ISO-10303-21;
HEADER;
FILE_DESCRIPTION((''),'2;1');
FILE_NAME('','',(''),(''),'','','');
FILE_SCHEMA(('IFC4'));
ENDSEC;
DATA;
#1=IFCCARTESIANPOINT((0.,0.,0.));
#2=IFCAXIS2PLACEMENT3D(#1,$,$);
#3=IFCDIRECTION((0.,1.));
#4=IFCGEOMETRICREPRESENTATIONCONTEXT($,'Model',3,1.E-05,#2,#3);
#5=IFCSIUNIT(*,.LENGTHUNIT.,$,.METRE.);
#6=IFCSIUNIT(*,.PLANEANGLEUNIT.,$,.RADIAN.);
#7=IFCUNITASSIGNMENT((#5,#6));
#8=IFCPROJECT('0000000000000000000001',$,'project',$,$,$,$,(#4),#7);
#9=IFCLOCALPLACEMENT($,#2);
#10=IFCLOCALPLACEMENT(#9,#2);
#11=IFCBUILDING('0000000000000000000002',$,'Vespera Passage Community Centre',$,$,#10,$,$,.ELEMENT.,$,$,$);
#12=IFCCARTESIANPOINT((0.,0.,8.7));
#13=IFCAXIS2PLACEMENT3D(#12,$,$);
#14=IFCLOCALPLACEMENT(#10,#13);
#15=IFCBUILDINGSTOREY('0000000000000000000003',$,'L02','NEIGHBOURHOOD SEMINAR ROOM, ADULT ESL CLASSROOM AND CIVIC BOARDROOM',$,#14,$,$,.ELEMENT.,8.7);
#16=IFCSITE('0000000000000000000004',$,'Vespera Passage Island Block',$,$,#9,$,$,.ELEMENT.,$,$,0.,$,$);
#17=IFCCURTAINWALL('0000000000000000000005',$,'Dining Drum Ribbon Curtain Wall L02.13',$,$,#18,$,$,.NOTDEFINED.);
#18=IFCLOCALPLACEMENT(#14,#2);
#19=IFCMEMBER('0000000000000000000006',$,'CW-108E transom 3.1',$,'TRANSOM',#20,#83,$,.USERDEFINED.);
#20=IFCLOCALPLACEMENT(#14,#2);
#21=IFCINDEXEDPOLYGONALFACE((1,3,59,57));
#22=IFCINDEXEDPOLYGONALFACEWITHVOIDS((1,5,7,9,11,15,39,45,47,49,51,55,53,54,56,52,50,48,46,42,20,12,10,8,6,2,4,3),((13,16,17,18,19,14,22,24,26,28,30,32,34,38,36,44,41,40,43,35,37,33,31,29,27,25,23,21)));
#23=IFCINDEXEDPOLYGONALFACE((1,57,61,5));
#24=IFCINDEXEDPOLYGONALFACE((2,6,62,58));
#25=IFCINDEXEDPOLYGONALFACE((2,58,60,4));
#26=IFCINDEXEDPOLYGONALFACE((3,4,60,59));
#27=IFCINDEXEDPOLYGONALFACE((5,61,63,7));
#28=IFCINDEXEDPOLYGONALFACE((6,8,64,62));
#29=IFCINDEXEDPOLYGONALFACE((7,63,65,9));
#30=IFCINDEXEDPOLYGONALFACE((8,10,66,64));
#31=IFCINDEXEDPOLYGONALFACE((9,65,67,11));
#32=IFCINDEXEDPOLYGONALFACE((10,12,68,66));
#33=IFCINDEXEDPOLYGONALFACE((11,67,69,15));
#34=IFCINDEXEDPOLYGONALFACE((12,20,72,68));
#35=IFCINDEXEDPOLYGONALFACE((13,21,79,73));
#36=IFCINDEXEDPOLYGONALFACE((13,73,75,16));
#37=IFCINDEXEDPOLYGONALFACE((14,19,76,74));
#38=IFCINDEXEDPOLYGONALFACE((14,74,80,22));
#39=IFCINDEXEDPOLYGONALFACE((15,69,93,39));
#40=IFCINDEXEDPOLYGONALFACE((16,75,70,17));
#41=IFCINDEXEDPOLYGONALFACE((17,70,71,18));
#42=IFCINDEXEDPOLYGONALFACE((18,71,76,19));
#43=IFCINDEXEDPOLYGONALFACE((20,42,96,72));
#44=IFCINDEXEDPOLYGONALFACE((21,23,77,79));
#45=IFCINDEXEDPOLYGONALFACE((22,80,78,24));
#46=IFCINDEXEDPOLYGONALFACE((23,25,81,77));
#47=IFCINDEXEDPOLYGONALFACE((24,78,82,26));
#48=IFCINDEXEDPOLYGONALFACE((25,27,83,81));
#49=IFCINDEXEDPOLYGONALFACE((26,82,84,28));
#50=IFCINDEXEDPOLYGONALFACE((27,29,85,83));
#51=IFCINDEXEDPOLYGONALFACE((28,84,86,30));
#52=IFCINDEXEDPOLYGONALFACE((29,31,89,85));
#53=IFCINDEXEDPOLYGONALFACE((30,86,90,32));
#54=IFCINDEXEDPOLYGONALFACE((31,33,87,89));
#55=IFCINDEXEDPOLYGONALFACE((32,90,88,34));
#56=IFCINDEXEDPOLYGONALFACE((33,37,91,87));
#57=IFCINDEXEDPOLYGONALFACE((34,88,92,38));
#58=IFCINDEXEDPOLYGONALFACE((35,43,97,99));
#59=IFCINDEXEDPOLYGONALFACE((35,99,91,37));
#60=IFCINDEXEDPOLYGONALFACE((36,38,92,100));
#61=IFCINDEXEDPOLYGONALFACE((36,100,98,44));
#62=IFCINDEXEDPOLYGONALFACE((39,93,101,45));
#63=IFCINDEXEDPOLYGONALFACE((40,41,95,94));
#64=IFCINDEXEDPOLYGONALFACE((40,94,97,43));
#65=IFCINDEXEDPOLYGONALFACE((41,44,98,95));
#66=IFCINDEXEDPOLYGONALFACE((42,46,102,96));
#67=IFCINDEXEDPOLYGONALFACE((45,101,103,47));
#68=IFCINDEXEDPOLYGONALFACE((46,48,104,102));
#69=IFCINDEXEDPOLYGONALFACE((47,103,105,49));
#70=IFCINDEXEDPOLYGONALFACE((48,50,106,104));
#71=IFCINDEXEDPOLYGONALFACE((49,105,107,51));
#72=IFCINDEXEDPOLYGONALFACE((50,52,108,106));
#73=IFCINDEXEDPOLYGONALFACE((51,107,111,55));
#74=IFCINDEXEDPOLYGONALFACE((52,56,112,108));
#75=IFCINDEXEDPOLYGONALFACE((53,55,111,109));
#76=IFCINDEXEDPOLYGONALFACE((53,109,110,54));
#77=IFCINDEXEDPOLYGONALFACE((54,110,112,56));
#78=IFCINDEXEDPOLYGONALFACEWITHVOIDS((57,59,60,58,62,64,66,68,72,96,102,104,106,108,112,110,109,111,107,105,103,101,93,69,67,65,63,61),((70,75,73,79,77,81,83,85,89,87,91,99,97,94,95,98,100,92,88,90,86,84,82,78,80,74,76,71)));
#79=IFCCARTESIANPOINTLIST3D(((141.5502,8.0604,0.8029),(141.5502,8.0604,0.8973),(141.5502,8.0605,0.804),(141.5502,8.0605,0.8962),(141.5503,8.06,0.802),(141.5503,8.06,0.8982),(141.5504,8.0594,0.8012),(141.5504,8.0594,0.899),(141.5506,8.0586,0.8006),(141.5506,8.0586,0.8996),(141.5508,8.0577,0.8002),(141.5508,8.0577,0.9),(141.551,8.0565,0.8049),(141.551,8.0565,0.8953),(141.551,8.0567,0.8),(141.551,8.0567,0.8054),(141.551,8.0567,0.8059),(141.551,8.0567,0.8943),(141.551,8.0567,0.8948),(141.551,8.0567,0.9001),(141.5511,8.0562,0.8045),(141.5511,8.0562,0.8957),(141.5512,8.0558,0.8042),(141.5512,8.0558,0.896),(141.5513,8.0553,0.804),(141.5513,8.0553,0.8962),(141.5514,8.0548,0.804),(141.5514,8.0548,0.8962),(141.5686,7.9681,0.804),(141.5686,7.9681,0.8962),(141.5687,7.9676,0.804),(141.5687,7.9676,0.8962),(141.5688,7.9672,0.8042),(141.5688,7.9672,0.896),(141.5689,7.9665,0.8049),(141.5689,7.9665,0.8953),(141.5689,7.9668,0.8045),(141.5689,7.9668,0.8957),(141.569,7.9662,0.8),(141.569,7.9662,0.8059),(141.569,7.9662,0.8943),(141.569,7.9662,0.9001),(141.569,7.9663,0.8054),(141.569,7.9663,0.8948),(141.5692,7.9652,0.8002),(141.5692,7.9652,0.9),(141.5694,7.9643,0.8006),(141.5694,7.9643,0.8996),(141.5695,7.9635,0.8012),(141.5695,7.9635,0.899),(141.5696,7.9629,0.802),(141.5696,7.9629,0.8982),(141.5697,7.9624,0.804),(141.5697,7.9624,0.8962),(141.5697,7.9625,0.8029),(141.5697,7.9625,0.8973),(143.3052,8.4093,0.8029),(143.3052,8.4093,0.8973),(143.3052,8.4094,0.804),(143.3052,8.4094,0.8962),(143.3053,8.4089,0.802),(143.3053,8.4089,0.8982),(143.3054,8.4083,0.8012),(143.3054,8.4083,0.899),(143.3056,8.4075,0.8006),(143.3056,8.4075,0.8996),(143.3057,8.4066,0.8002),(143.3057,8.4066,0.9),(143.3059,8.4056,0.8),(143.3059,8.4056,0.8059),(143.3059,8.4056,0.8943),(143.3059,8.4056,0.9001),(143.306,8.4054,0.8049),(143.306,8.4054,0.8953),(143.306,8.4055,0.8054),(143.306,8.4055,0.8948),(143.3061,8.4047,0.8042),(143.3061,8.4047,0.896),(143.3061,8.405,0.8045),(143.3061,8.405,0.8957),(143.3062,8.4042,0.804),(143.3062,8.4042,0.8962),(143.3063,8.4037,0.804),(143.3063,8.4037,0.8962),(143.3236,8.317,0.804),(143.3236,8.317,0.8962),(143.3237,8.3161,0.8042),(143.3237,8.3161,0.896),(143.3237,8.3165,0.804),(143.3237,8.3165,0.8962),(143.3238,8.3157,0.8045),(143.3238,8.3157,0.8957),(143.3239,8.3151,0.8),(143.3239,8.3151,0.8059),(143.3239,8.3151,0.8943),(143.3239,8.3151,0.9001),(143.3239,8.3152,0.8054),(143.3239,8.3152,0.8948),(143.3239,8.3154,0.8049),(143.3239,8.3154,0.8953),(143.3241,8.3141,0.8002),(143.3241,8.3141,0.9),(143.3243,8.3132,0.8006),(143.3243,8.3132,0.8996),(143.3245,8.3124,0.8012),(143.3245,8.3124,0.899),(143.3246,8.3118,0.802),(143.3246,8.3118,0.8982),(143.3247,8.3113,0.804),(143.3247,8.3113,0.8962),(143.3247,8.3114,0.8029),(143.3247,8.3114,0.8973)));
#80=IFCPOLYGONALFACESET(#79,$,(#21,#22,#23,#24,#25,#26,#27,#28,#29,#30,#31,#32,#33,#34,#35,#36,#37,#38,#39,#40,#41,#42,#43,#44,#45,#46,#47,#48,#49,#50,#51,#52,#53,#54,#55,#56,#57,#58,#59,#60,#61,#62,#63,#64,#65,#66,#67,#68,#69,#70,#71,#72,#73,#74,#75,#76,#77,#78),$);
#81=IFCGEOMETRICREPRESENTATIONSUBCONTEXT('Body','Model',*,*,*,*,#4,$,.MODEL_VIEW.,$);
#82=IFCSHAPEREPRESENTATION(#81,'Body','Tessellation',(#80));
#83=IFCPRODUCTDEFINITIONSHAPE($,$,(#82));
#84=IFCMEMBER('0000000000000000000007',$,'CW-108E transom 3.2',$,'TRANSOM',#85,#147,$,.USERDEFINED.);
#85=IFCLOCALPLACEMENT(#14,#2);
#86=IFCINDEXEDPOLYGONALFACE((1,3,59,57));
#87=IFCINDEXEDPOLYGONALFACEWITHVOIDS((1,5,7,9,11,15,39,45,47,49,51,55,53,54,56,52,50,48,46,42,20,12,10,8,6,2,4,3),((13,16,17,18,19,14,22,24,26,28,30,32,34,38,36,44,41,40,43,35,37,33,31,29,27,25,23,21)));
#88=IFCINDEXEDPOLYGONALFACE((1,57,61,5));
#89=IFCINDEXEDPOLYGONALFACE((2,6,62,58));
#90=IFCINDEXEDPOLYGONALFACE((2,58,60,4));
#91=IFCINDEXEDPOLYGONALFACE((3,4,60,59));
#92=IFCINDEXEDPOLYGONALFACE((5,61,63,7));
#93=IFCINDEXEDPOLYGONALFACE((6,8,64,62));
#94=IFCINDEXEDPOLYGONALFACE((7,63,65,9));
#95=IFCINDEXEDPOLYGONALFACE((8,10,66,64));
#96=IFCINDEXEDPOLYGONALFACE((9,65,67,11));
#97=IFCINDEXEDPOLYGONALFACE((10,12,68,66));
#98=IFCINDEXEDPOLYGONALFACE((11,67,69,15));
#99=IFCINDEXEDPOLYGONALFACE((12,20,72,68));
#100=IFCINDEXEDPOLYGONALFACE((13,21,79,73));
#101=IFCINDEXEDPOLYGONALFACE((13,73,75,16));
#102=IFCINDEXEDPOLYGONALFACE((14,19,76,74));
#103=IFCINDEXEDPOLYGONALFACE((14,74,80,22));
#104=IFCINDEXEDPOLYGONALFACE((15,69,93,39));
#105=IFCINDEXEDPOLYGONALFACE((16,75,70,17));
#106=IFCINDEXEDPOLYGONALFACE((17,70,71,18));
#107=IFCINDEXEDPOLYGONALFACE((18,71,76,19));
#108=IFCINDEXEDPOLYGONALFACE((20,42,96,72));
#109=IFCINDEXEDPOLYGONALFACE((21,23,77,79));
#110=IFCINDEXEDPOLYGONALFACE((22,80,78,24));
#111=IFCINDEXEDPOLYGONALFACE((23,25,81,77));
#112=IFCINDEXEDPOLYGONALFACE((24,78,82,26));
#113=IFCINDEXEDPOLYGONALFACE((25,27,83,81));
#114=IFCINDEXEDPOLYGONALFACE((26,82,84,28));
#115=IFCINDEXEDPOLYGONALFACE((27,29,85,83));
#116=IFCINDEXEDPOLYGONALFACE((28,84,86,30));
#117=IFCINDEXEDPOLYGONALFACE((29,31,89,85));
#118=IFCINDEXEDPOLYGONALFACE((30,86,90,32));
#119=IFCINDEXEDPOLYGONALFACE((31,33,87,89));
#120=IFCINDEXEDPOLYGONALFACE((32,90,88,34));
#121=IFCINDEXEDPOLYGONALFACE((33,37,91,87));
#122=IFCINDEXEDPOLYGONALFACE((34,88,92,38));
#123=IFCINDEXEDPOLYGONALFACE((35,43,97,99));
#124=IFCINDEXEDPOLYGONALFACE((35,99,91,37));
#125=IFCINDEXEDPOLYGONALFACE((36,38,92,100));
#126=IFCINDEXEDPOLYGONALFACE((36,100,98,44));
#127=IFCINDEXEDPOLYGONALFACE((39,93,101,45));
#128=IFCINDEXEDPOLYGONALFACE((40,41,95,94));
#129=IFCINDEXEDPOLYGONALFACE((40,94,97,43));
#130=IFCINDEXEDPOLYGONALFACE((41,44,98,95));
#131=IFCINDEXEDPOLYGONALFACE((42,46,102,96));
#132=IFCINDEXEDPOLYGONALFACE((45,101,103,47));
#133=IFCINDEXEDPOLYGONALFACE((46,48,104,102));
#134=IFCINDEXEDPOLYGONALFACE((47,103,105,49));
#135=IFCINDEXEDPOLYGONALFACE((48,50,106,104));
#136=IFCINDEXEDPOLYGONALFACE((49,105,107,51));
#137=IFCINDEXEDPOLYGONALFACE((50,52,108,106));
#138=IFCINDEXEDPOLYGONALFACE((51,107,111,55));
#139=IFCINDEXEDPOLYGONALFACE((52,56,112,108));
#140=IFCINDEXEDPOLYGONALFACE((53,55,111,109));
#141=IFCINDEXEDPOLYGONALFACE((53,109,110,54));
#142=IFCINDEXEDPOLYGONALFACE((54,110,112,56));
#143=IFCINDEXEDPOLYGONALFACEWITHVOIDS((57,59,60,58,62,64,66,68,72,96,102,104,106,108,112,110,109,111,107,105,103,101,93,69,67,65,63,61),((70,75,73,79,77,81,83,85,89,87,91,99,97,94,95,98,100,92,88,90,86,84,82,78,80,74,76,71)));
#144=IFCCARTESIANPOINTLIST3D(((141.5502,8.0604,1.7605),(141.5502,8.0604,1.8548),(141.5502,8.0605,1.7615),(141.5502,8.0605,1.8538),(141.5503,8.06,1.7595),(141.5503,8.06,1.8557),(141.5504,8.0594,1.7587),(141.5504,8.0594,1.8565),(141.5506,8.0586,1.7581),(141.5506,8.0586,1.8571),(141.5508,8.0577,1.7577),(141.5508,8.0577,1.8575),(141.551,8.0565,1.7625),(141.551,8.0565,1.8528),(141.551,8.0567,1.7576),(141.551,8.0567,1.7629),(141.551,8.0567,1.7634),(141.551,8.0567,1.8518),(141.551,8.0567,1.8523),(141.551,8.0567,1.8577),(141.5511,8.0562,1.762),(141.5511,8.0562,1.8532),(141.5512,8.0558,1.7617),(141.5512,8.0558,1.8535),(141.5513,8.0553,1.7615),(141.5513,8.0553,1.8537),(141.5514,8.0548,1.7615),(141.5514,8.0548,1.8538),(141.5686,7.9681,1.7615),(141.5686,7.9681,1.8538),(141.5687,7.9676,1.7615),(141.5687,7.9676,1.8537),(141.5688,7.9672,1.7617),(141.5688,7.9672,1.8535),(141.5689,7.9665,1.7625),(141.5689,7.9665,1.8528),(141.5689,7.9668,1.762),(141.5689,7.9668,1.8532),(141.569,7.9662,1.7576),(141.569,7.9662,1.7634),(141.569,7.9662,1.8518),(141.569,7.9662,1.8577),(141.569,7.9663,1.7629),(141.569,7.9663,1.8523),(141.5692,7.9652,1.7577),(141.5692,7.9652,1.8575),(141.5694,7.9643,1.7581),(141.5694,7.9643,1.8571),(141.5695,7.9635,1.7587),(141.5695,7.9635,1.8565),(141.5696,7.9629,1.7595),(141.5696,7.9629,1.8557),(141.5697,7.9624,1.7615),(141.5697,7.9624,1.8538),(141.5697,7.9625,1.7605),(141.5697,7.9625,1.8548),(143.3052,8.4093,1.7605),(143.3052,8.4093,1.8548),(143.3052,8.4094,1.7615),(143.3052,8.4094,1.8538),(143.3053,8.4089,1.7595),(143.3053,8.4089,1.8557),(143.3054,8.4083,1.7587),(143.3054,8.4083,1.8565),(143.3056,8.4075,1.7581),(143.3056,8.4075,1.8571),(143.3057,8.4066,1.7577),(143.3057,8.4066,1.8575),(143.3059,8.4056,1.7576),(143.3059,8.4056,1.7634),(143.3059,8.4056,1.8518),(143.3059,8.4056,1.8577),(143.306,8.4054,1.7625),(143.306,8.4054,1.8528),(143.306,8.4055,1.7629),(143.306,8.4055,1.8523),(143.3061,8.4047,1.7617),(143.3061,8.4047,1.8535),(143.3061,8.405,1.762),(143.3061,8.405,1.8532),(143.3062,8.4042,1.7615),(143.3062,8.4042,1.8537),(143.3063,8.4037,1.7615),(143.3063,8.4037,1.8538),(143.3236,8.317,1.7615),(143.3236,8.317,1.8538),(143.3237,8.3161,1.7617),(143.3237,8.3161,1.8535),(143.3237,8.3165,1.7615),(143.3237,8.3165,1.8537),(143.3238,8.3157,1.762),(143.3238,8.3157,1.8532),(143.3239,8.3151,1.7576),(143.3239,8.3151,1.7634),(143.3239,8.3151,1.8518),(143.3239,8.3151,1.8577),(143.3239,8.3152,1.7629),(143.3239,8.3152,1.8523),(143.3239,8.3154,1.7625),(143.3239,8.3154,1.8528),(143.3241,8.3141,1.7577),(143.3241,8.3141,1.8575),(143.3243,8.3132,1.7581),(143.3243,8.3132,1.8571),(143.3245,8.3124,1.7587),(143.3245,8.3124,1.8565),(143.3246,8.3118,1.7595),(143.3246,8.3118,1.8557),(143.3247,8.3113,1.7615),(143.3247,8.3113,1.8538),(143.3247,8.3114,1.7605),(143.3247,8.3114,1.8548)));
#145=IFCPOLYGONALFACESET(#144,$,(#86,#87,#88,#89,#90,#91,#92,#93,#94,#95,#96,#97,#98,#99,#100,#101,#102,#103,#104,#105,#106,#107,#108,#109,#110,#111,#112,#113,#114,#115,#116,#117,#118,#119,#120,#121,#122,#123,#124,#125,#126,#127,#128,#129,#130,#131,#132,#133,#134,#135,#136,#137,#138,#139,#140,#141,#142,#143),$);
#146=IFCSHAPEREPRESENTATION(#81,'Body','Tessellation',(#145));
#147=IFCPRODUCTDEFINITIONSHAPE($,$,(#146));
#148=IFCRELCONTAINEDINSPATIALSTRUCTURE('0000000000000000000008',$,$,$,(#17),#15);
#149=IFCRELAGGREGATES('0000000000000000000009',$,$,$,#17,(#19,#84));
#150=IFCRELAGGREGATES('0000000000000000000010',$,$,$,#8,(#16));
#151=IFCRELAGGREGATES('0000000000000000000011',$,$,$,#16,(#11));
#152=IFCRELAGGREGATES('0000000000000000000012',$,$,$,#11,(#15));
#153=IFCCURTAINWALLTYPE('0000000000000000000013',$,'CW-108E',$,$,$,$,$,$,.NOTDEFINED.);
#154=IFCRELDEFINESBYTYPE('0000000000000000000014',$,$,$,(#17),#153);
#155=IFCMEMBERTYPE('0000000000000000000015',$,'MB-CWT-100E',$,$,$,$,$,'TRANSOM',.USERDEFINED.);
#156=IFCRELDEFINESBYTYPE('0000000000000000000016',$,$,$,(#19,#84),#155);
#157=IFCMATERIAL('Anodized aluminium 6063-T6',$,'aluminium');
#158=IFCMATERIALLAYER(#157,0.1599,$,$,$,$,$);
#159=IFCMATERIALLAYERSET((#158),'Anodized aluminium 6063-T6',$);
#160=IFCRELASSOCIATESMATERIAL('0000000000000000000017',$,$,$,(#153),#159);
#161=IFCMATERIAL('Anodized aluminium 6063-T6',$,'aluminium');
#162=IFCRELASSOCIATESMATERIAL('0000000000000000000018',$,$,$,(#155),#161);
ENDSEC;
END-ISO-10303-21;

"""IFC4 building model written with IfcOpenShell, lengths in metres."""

from ifc_helpers import new_model, si_unit, direction, frame, origin, origin_2d, place, context, subcontext, project, spatial, hollow_rectangle, extrude, material, layer, layer_set, material_profile, profile_set, type_object, element, aggregate, save


model = new_model("IFC4")

# Units and contexts
model_context = context("Model", 3, precision=1e-05, world=origin(), true_north=direction((0.0, 1.0)))
body_context = subcontext(model_context, "Body", "Model", "MODEL_VIEW")
ifc_project = project(units=[si_unit("LENGTHUNIT", "METRE"), si_unit("PLANEANGLEUNIT", "RADIAN")], contexts=[model_context])

# Site, building, storey
site_placement = place(None, origin())
site = spatial("IfcSite", under=ifc_project, at=site_placement, Name="Vespera Passage Island Block", CompositionType="ELEMENT", RefElevation=0.0)
building_placement = place(site_placement, origin())
building = spatial("IfcBuilding", under=site, at=building_placement, Name="Vespera Passage Community Centre", CompositionType="ELEMENT")
storey_placement = place(building_placement, frame((0.0, 0.0, 8.7)))
storey = spatial("IfcBuildingStorey", under=building, at=storey_placement, Name="L02", Description="NEIGHBOURHOOD SEMINAR ROOM, ADULT ESL CLASSROOM AND CIVIC BOARDROOM", CompositionType="ELEMENT", Elevation=8.7)

# Shared definitions
ifc_material_1 = material(Name="Anodized aluminium 6063-T6", Category="aluminium")
ifc_layer_1 = layer(ifc_material_1, 0.1599)
ifc_layer_set_1 = layer_set([ifc_layer_1], Name="Anodized aluminium 6063-T6")
curtain_wall_type_1 = type_object("IfcCurtainWallType", Name="CW-108E", PredefinedType="NOTDEFINED", material=ifc_layer_set_1)

# Curtain wall
curtain_wall_1_placement = place(storey_placement, origin())
curtain_wall_1 = element("IfcCurtainWall", 1, at=curtain_wall_1_placement, inside=storey, type_object=curtain_wall_type_1, Name="Dining Drum Ribbon Curtain Wall L02.13", PredefinedType="NOTDEFINED")

# Members
ifc_material_2 = material(Name="Anodized aluminium 6063-T6", Category="aluminium")
ifc_material_profile_1 = material_profile(ifc_material_2, hollow_rectangle(XDim=0.1001, YDim=0.1001, WallThickness=0.0039, InnerFilletRadius=0.002, OuterFilletRadius=0.0039, at=origin_2d()), Name="ALU100X100X4")
ifc_profile_set_1 = profile_set([ifc_material_profile_1], Name="Anodized aluminium 6063-T6")
member_type_1 = type_object("IfcMemberType", Name="MB-CWT-100E", ElementType="TRANSOM", PredefinedType="USERDEFINED", material=ifc_profile_set_1)
member_1_placement = place(storey_placement, frame((143.3149, 8.3604, 0.8501), z_axis=(-0.980806, -0.194988, 0.0), x_axis=(0.194988, -0.980806, 0.0)))
member_1 = element("IfcMember", 2, at=member_1_placement, type_object=member_type_1, Name="CW-108E transom 3.1", ObjectType="TRANSOM", PredefinedType="USERDEFINED", context=body_context, shape_type="SweptSolid", body=[
    extrude(hollow_rectangle(XDim=0.1001, YDim=0.1001, WallThickness=0.0039, InnerFilletRadius=0.002, OuterFilletRadius=0.0039, at=origin_2d()), origin(), (0.0, 0.0, 1.0), 1.7893),
])
member_2_placement = place(storey_placement, frame((143.3149, 8.3604, 1.8076), z_axis=(-0.980806, -0.194988, 0.0), x_axis=(0.194988, -0.980806, 0.0)))
member_2 = element("IfcMember", 3, at=member_2_placement, type_object=member_type_1, Name="CW-108E transom 3.2", ObjectType="TRANSOM", PredefinedType="USERDEFINED", context=body_context, shape_type="SweptSolid", body=[
    extrude(hollow_rectangle(XDim=0.1001, YDim=0.1001, WallThickness=0.0039, InnerFilletRadius=0.002, OuterFilletRadius=0.0039, at=origin_2d()), origin(), (0.0, 0.0, 1.0), 1.7893),
])

aggregate(curtain_wall_1, [member_1, member_2])

save(model, "model.ifc")
